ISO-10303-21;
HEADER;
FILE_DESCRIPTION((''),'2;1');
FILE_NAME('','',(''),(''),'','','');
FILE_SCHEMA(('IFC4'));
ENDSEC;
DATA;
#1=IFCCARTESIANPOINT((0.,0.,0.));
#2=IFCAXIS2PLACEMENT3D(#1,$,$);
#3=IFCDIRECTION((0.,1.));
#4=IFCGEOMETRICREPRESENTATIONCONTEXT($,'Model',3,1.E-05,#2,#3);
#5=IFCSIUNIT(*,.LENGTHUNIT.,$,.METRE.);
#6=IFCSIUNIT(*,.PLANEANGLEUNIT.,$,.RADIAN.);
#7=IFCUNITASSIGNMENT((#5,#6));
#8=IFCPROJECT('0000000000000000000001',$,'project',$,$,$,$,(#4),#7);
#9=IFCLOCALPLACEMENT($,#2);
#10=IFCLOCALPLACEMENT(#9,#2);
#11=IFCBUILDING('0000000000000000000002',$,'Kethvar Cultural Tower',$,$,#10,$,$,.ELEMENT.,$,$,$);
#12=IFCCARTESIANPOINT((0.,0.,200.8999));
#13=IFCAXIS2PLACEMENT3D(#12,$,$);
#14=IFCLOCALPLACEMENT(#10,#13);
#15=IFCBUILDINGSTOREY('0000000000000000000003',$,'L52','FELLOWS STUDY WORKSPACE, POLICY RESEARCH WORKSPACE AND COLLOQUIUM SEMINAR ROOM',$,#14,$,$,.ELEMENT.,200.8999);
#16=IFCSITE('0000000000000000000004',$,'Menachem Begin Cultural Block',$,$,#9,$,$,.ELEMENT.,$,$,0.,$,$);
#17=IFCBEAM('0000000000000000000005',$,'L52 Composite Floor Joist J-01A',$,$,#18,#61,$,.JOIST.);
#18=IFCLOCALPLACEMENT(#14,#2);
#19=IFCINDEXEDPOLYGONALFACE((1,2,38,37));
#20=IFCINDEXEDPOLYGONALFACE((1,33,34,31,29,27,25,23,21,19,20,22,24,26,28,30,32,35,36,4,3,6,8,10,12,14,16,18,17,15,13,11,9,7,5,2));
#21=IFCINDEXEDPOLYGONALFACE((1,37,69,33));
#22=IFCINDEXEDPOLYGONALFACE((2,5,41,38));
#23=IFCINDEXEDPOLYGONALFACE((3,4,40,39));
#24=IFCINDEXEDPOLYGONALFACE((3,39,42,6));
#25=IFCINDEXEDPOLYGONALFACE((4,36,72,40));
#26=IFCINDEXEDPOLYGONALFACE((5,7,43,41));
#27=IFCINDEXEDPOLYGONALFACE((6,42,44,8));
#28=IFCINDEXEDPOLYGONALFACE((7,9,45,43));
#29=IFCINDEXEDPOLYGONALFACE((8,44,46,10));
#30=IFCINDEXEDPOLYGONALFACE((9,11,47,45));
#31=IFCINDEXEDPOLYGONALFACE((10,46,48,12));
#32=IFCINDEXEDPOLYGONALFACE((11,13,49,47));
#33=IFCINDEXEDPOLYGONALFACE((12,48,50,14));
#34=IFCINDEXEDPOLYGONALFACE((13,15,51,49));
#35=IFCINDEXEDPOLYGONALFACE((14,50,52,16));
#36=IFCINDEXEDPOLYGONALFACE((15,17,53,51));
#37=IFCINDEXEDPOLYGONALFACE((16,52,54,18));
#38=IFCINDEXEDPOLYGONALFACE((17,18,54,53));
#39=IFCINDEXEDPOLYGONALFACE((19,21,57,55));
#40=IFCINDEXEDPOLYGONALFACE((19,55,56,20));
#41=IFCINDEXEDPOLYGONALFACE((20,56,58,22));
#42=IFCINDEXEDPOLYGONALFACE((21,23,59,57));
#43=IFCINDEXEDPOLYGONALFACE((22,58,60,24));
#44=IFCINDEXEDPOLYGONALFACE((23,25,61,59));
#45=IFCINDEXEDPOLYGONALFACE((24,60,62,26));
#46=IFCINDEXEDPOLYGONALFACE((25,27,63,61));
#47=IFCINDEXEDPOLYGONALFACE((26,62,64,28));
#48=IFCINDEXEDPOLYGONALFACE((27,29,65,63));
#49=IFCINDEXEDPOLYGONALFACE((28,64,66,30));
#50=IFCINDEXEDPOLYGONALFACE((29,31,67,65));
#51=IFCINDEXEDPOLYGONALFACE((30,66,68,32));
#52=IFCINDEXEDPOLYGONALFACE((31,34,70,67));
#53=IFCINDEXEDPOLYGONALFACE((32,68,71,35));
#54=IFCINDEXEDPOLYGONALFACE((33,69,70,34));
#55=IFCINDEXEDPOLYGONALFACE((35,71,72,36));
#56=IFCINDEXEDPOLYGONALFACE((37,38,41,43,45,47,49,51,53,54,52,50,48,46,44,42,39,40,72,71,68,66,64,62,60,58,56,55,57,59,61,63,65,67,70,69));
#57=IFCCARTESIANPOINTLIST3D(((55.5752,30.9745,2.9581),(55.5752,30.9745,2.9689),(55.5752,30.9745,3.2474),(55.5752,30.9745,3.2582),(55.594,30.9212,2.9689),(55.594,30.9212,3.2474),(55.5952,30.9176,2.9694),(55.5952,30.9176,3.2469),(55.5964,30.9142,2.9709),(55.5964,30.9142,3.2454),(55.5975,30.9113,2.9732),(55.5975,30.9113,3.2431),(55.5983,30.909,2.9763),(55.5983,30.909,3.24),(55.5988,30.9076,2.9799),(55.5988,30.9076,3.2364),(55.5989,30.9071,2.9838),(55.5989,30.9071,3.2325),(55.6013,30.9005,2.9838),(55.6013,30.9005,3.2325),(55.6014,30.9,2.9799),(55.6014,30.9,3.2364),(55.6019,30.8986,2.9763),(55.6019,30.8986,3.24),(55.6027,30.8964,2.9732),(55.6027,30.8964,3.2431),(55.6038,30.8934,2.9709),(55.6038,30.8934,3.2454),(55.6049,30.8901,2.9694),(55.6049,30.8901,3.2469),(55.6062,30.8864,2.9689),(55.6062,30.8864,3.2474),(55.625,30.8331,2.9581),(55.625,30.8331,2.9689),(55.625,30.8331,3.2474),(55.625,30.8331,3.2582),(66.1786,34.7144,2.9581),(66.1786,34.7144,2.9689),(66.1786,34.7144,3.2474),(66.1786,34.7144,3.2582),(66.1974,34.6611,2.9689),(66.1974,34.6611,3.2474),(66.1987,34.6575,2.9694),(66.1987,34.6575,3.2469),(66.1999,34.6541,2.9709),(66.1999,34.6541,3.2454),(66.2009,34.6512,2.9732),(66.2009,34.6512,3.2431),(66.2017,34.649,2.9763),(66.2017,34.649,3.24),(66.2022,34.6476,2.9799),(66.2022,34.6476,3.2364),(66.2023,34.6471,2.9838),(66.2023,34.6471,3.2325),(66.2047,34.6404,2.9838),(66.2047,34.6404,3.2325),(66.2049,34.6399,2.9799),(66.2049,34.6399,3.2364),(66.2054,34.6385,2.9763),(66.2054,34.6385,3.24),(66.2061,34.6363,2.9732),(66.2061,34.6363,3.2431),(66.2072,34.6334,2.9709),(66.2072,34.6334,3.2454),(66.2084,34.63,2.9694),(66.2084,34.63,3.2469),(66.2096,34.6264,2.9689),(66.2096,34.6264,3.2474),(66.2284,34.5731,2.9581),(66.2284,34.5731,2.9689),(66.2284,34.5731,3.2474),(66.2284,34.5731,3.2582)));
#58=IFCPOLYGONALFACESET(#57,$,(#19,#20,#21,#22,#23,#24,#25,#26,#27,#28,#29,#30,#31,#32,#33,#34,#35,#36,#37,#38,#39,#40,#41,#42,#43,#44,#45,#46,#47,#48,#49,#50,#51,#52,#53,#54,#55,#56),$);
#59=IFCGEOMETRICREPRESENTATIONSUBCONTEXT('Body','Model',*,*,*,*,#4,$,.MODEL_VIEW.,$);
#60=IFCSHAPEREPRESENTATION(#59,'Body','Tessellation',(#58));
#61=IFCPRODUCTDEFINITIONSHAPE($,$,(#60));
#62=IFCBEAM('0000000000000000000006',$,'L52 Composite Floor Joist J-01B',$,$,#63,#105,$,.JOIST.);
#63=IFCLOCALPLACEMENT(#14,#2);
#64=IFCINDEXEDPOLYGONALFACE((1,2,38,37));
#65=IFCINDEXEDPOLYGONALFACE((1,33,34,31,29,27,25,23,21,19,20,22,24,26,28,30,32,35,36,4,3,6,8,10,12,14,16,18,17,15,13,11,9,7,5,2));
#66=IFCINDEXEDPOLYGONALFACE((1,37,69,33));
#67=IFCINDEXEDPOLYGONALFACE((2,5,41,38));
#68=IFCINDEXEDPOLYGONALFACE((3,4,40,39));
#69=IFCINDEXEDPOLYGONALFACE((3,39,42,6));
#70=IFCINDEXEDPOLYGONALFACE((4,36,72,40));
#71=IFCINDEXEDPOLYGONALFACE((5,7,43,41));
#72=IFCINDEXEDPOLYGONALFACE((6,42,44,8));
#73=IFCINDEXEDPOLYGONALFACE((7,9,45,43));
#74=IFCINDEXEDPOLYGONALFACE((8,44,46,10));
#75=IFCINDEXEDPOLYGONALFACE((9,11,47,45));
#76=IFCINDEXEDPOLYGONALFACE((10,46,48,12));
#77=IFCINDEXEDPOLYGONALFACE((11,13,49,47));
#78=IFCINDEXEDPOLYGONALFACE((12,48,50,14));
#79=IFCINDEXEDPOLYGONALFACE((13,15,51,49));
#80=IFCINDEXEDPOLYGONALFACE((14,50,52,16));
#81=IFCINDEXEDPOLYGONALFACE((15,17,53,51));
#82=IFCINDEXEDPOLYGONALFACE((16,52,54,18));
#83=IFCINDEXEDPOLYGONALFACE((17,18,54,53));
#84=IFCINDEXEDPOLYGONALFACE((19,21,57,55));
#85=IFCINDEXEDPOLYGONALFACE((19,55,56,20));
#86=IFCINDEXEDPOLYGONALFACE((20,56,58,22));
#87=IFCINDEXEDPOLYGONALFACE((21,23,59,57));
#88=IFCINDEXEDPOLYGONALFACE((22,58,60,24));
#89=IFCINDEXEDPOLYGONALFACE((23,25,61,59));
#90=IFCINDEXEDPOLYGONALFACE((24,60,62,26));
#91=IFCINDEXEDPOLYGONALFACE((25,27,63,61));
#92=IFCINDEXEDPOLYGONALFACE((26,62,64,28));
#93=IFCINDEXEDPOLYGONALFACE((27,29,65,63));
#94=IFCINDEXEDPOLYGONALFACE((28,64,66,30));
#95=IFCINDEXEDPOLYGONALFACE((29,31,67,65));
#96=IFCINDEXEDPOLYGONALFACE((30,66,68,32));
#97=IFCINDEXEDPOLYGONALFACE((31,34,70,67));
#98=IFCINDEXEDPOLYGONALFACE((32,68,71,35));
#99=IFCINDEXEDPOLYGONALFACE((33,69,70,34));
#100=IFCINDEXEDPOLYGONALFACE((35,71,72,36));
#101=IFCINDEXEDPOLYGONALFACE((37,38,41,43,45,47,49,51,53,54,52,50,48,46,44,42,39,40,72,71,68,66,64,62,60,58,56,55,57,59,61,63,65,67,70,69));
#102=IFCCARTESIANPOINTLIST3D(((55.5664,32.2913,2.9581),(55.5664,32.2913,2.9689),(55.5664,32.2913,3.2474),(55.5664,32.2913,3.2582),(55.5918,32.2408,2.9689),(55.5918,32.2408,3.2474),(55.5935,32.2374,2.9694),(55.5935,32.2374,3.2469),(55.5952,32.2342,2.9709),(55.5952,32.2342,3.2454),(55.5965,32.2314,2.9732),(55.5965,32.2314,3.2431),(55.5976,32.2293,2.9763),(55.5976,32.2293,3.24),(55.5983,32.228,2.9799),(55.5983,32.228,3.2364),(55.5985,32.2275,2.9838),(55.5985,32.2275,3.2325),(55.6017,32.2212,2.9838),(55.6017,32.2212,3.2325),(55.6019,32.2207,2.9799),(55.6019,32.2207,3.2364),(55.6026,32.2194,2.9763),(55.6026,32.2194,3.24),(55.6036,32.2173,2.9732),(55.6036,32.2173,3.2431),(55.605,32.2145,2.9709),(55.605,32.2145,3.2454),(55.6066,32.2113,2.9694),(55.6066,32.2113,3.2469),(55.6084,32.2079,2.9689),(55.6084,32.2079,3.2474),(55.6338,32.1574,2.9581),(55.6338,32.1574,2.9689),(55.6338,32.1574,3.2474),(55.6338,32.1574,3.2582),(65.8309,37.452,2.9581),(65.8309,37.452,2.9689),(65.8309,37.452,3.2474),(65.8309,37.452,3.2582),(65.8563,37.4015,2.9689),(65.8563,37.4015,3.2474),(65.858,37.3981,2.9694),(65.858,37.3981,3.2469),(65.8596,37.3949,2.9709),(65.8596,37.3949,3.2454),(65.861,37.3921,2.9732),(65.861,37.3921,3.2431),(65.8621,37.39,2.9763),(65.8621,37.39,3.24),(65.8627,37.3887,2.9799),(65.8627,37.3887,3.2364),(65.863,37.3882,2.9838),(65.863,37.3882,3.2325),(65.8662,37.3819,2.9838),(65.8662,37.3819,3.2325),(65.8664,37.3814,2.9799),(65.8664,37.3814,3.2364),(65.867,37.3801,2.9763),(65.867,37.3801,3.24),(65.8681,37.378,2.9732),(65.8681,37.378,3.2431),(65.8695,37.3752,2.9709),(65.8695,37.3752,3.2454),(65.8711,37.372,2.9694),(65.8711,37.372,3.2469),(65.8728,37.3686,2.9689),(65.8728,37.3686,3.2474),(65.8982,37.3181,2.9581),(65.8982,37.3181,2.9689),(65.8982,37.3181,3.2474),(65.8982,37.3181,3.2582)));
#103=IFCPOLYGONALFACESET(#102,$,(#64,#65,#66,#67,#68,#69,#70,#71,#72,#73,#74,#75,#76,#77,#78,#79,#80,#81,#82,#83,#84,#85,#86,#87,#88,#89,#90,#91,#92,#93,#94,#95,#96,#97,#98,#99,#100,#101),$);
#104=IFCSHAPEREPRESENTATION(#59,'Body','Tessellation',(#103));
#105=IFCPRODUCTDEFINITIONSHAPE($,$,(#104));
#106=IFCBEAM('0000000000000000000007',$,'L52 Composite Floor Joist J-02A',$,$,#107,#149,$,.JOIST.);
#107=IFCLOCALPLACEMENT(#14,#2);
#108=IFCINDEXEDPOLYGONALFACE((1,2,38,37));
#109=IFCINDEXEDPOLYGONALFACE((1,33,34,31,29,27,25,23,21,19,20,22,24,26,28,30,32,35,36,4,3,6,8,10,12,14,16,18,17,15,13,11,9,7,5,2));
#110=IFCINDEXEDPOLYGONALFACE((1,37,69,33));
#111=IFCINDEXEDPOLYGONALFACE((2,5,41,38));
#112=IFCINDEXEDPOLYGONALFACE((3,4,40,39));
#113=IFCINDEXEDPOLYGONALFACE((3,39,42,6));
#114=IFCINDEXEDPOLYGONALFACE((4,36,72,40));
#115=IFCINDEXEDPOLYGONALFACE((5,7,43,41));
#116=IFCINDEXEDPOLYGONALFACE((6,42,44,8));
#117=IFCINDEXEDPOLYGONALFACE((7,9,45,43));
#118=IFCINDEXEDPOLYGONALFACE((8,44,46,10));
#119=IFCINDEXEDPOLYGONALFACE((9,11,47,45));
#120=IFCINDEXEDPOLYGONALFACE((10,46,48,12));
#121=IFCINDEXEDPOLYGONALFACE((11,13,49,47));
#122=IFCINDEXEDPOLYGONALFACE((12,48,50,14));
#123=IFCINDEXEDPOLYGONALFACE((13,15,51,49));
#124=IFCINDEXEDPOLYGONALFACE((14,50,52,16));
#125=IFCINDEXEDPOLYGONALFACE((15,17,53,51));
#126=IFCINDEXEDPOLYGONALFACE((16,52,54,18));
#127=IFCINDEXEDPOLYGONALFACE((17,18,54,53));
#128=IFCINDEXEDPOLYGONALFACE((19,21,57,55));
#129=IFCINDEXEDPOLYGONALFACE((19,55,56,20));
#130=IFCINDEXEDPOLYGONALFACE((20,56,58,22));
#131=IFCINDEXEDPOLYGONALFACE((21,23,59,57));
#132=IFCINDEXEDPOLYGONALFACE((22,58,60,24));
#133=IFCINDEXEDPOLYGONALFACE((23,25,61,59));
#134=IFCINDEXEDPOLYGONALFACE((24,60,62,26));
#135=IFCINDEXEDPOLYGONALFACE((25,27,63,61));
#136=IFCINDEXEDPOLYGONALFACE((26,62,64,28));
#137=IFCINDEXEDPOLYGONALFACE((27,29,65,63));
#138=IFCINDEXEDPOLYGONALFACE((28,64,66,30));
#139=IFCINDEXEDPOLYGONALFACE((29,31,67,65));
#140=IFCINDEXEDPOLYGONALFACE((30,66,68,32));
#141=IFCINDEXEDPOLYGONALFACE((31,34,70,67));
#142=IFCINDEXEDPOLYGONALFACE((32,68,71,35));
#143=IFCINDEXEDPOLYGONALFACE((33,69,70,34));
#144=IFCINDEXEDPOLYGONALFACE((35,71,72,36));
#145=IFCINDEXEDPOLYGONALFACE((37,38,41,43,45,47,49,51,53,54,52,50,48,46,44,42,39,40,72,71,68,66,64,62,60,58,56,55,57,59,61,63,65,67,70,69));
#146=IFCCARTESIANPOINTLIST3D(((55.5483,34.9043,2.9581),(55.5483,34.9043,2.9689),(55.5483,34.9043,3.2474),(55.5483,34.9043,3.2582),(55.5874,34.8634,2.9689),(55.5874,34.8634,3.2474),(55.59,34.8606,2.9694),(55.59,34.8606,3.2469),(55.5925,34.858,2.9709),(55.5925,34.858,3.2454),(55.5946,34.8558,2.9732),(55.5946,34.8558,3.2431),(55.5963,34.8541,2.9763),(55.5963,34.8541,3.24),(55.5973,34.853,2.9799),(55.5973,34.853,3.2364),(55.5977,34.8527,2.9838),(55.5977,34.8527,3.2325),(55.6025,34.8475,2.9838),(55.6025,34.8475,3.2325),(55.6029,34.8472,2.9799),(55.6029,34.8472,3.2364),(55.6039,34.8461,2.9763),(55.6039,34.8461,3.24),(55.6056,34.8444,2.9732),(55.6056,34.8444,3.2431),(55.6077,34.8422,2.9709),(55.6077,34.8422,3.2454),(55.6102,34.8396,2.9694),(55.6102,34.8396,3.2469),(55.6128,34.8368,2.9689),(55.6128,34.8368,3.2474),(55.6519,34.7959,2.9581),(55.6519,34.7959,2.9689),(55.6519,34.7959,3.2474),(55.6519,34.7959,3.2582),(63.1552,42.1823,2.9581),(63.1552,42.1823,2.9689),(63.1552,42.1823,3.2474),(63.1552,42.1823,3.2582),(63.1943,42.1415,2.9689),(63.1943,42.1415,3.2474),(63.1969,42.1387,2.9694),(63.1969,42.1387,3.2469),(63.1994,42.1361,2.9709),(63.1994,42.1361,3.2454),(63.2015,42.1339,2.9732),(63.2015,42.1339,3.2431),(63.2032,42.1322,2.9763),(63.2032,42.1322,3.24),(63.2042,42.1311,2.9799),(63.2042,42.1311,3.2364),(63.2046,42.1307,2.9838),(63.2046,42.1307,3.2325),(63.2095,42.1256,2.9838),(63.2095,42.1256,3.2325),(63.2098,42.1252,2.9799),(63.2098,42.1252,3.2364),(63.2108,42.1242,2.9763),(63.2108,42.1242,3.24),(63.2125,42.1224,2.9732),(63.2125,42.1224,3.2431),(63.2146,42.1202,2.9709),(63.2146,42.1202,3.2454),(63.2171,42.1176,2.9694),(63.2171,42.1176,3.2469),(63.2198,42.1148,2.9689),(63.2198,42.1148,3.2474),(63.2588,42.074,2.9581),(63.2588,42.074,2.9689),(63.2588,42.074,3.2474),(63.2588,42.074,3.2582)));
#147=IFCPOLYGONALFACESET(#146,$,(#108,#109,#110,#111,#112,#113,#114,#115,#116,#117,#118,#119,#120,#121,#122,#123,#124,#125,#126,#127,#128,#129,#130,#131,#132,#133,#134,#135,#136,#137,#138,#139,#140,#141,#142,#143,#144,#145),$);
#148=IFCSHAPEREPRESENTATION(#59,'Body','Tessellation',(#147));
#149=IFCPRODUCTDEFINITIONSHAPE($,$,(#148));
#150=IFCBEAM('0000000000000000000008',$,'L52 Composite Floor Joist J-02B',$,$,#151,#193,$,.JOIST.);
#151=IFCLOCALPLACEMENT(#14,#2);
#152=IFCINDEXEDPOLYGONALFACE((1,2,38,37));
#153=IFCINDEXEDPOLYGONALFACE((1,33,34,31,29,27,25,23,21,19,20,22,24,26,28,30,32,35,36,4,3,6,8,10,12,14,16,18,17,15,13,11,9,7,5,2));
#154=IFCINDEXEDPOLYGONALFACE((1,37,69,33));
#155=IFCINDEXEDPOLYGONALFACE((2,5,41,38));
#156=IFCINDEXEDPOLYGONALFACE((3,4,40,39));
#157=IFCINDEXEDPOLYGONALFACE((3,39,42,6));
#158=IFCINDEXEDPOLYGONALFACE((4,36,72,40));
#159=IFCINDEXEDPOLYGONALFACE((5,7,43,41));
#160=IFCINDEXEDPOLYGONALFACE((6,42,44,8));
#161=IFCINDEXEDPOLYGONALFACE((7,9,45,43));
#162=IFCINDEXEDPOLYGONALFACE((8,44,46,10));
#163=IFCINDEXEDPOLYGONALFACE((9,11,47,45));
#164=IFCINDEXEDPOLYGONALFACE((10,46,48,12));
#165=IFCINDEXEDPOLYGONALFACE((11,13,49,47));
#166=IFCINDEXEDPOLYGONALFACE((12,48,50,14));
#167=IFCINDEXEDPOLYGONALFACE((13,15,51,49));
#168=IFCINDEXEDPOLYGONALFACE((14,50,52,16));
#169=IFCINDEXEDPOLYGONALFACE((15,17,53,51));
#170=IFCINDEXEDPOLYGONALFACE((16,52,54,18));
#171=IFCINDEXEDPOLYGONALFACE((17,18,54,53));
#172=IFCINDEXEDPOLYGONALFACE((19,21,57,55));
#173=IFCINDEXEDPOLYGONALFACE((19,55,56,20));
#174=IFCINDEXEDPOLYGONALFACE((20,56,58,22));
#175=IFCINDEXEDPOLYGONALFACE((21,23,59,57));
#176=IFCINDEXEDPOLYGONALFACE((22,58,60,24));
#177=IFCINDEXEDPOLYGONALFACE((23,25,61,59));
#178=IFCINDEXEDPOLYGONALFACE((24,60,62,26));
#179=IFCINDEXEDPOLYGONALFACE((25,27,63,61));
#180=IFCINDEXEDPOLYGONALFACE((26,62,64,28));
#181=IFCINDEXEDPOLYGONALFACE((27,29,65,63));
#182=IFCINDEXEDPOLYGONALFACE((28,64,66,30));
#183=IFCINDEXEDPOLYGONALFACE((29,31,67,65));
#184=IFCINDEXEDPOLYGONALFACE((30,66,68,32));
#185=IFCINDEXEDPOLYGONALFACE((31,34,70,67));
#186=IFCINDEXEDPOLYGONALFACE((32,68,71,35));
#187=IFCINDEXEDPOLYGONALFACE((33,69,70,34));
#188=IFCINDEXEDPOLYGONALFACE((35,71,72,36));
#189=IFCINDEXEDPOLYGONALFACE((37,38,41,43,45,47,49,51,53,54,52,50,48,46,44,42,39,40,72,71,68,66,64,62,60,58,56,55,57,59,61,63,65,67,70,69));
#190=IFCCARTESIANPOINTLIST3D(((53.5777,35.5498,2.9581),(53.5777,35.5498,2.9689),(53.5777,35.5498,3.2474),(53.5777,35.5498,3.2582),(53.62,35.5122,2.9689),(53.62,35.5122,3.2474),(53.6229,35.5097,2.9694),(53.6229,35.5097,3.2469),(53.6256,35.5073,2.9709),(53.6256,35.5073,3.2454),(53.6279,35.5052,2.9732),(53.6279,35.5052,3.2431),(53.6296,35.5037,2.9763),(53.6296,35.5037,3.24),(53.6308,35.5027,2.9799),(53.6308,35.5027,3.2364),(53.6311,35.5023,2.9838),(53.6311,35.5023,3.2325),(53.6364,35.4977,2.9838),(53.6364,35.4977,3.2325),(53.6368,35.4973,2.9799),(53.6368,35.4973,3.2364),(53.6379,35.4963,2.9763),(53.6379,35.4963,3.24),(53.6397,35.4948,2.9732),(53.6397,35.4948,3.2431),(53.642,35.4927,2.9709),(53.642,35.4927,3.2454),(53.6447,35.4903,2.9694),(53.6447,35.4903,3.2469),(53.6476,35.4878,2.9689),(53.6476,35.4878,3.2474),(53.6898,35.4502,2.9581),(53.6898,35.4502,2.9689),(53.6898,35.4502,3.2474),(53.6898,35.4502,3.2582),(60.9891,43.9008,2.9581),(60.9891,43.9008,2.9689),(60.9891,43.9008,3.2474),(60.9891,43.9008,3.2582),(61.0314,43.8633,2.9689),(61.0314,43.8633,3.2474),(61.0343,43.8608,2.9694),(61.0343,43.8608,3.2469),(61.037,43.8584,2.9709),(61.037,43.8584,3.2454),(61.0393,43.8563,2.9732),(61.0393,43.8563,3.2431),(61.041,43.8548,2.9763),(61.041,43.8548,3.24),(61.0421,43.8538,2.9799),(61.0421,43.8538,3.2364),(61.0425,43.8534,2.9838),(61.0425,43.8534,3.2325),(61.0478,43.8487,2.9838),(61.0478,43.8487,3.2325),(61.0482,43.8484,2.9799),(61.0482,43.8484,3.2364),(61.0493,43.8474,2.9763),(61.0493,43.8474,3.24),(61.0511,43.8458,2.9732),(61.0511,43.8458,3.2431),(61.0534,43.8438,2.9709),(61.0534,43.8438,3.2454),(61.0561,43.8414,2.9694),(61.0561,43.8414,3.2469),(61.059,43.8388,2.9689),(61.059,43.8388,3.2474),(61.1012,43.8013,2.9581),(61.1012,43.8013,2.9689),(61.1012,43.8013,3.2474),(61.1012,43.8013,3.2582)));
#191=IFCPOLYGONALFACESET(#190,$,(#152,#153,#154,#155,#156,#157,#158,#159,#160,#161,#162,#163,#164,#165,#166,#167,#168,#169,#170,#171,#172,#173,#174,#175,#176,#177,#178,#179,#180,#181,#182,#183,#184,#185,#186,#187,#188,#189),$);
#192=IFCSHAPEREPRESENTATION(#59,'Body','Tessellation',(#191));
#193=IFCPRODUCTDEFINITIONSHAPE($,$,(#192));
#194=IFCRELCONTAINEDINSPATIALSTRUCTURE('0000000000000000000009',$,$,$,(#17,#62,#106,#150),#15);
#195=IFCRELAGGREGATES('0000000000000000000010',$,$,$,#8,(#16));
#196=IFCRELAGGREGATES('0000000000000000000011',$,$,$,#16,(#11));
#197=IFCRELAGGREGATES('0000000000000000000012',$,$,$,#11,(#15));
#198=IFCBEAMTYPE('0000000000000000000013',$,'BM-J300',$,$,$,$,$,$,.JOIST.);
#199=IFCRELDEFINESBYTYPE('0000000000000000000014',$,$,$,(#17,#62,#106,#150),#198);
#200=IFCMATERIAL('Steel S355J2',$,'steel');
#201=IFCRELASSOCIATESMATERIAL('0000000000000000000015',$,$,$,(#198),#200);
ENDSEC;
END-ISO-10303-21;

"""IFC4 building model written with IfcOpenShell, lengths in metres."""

from ifc_helpers import new_model, si_unit, direction, frame, origin, origin_2d, place, context, subcontext, project, spatial, i_section, extrude, source, transform, mapped, material, material_profile, profile_set, type_object, element, save


model = new_model("IFC4")

# Units and contexts
model_context = context("Model", 3, precision=1e-05, world=origin(), true_north=direction((0.0, 1.0)))
body_context = subcontext(model_context, "Body", "Model", "MODEL_VIEW")
ifc_project = project(units=[si_unit("LENGTHUNIT", "METRE"), si_unit("PLANEANGLEUNIT", "RADIAN")], contexts=[model_context])

# Site, building, storey
site_placement = place(None, origin())
site = spatial("IfcSite", under=ifc_project, at=site_placement, Name="Menachem Begin Cultural Block", CompositionType="ELEMENT", RefElevation=0.0)
building_placement = place(site_placement, origin())
building = spatial("IfcBuilding", under=site, at=building_placement, Name="Kethvar Cultural Tower", CompositionType="ELEMENT")
storey_placement = place(building_placement, frame((0.0, 0.0, 200.8999)))
storey = spatial("IfcBuildingStorey", under=building, at=storey_placement, Name="L52", Description="FELLOWS STUDY WORKSPACE, POLICY RESEARCH WORKSPACE AND COLLOQUIUM SEMINAR ROOM", CompositionType="ELEMENT", Elevation=200.8999)

# Beams
ifc_material_1 = material(Name="Steel S355J2", Category="steel")
ifc_material_profile_1 = material_profile(ifc_material_1, i_section(OverallWidth=0.1499, OverallDepth=0.3, WebThickness=0.0071, FlangeThickness=0.0107, FilletRadius=0.0149, at=origin_2d()), Name="Steel S355J2 — IPE300")
ifc_profile_set_1 = profile_set([ifc_material_profile_1], Name="Steel S355J2 — IPE300")
beam_type_1 = type_object("IfcBeamType", Name="BM-J300", PredefinedType="JOIST", material=ifc_profile_set_1)
shared_shape_1 = source(origin(), body_context, "Body", "SweptSolid", [
    extrude(i_section(OverallWidth=0.1499, OverallDepth=0.3, WebThickness=0.0071, FlangeThickness=0.0107, FilletRadius=0.0149, at=origin_2d()), origin(), (0.0, 0.0, 1.0), 11.2437),
])
beam_1_placement = place(storey_placement, frame((55.6001, 30.9038, 3.1082), z_axis=(0.943058, 0.332628, 0.0), x_axis=(-0.332628, 0.943058, 0.0)))
element("IfcBeam", 1, at=beam_1_placement, inside=storey, type_object=beam_type_1, Name="L52 Composite Floor Joist J-01A", PredefinedType="JOIST", context=body_context, shape_type="MappedRepresentation", body=[
    mapped(shared_shape_1, transform((0.0, 0.0, 0.0), scale=1.0)),
])
shared_shape_2 = source(origin(), body_context, "Body", "SweptSolid", [
    extrude(i_section(OverallWidth=0.1499, OverallDepth=0.3, WebThickness=0.0071, FlangeThickness=0.0107, FilletRadius=0.0149, at=origin_2d()), origin(), (0.0, 0.0, 1.0), 11.4888),
])
beam_2_placement = place(storey_placement, frame((55.6001, 32.2244, 3.1082), z_axis=(0.893435, 0.449193, 0.0), x_axis=(-0.449193, 0.893435, 0.0)))
element("IfcBeam", 2, at=beam_2_placement, inside=storey, type_object=beam_type_1, Name="L52 Composite Floor Joist J-01B", PredefinedType="JOIST", context=body_context, shape_type="MappedRepresentation", body=[
    mapped(shared_shape_2, transform((0.0, 0.0, 0.0), scale=1.0)),
])
shared_shape_3 = source(origin(), body_context, "Body", "SweptSolid", [
    extrude(i_section(OverallWidth=0.1499, OverallDepth=0.3, WebThickness=0.0071, FlangeThickness=0.0107, FilletRadius=0.0149, at=origin_2d()), origin(), (0.0, 0.0, 1.0), 10.5278),
])
beam_3_placement = place(storey_placement, frame((55.6001, 34.8501, 3.1082), z_axis=(0.722553, 0.691316, 0.0), x_axis=(-0.691316, 0.722553, 0.0)))
element("IfcBeam", 3, at=beam_3_placement, inside=storey, type_object=beam_type_1, Name="L52 Composite Floor Joist J-02A", PredefinedType="JOIST", context=body_context, shape_type="MappedRepresentation", body=[
    mapped(shared_shape_3, transform((0.0, 0.0, 0.0), scale=1.0)),
])
shared_shape_4 = source(origin(), body_context, "Body", "SweptSolid", [
    extrude(i_section(OverallWidth=0.1499, OverallDepth=0.3, WebThickness=0.0071, FlangeThickness=0.0107, FilletRadius=0.0149, at=origin_2d()), origin(), (0.0, 0.0, 1.0), 11.1655),
])
beam_4_placement = place(storey_placement, frame((53.6338, 35.5, 3.1082), z_axis=(0.663773, 0.747934, 0.0), x_axis=(-0.747934, 0.663773, 0.0)))
element("IfcBeam", 4, at=beam_4_placement, inside=storey, type_object=beam_type_1, Name="L52 Composite Floor Joist J-02B", PredefinedType="JOIST", context=body_context, shape_type="MappedRepresentation", body=[
    mapped(shared_shape_4, transform((0.0, 0.0, 0.0), scale=1.0)),
])

save(model, "model.ifc")
